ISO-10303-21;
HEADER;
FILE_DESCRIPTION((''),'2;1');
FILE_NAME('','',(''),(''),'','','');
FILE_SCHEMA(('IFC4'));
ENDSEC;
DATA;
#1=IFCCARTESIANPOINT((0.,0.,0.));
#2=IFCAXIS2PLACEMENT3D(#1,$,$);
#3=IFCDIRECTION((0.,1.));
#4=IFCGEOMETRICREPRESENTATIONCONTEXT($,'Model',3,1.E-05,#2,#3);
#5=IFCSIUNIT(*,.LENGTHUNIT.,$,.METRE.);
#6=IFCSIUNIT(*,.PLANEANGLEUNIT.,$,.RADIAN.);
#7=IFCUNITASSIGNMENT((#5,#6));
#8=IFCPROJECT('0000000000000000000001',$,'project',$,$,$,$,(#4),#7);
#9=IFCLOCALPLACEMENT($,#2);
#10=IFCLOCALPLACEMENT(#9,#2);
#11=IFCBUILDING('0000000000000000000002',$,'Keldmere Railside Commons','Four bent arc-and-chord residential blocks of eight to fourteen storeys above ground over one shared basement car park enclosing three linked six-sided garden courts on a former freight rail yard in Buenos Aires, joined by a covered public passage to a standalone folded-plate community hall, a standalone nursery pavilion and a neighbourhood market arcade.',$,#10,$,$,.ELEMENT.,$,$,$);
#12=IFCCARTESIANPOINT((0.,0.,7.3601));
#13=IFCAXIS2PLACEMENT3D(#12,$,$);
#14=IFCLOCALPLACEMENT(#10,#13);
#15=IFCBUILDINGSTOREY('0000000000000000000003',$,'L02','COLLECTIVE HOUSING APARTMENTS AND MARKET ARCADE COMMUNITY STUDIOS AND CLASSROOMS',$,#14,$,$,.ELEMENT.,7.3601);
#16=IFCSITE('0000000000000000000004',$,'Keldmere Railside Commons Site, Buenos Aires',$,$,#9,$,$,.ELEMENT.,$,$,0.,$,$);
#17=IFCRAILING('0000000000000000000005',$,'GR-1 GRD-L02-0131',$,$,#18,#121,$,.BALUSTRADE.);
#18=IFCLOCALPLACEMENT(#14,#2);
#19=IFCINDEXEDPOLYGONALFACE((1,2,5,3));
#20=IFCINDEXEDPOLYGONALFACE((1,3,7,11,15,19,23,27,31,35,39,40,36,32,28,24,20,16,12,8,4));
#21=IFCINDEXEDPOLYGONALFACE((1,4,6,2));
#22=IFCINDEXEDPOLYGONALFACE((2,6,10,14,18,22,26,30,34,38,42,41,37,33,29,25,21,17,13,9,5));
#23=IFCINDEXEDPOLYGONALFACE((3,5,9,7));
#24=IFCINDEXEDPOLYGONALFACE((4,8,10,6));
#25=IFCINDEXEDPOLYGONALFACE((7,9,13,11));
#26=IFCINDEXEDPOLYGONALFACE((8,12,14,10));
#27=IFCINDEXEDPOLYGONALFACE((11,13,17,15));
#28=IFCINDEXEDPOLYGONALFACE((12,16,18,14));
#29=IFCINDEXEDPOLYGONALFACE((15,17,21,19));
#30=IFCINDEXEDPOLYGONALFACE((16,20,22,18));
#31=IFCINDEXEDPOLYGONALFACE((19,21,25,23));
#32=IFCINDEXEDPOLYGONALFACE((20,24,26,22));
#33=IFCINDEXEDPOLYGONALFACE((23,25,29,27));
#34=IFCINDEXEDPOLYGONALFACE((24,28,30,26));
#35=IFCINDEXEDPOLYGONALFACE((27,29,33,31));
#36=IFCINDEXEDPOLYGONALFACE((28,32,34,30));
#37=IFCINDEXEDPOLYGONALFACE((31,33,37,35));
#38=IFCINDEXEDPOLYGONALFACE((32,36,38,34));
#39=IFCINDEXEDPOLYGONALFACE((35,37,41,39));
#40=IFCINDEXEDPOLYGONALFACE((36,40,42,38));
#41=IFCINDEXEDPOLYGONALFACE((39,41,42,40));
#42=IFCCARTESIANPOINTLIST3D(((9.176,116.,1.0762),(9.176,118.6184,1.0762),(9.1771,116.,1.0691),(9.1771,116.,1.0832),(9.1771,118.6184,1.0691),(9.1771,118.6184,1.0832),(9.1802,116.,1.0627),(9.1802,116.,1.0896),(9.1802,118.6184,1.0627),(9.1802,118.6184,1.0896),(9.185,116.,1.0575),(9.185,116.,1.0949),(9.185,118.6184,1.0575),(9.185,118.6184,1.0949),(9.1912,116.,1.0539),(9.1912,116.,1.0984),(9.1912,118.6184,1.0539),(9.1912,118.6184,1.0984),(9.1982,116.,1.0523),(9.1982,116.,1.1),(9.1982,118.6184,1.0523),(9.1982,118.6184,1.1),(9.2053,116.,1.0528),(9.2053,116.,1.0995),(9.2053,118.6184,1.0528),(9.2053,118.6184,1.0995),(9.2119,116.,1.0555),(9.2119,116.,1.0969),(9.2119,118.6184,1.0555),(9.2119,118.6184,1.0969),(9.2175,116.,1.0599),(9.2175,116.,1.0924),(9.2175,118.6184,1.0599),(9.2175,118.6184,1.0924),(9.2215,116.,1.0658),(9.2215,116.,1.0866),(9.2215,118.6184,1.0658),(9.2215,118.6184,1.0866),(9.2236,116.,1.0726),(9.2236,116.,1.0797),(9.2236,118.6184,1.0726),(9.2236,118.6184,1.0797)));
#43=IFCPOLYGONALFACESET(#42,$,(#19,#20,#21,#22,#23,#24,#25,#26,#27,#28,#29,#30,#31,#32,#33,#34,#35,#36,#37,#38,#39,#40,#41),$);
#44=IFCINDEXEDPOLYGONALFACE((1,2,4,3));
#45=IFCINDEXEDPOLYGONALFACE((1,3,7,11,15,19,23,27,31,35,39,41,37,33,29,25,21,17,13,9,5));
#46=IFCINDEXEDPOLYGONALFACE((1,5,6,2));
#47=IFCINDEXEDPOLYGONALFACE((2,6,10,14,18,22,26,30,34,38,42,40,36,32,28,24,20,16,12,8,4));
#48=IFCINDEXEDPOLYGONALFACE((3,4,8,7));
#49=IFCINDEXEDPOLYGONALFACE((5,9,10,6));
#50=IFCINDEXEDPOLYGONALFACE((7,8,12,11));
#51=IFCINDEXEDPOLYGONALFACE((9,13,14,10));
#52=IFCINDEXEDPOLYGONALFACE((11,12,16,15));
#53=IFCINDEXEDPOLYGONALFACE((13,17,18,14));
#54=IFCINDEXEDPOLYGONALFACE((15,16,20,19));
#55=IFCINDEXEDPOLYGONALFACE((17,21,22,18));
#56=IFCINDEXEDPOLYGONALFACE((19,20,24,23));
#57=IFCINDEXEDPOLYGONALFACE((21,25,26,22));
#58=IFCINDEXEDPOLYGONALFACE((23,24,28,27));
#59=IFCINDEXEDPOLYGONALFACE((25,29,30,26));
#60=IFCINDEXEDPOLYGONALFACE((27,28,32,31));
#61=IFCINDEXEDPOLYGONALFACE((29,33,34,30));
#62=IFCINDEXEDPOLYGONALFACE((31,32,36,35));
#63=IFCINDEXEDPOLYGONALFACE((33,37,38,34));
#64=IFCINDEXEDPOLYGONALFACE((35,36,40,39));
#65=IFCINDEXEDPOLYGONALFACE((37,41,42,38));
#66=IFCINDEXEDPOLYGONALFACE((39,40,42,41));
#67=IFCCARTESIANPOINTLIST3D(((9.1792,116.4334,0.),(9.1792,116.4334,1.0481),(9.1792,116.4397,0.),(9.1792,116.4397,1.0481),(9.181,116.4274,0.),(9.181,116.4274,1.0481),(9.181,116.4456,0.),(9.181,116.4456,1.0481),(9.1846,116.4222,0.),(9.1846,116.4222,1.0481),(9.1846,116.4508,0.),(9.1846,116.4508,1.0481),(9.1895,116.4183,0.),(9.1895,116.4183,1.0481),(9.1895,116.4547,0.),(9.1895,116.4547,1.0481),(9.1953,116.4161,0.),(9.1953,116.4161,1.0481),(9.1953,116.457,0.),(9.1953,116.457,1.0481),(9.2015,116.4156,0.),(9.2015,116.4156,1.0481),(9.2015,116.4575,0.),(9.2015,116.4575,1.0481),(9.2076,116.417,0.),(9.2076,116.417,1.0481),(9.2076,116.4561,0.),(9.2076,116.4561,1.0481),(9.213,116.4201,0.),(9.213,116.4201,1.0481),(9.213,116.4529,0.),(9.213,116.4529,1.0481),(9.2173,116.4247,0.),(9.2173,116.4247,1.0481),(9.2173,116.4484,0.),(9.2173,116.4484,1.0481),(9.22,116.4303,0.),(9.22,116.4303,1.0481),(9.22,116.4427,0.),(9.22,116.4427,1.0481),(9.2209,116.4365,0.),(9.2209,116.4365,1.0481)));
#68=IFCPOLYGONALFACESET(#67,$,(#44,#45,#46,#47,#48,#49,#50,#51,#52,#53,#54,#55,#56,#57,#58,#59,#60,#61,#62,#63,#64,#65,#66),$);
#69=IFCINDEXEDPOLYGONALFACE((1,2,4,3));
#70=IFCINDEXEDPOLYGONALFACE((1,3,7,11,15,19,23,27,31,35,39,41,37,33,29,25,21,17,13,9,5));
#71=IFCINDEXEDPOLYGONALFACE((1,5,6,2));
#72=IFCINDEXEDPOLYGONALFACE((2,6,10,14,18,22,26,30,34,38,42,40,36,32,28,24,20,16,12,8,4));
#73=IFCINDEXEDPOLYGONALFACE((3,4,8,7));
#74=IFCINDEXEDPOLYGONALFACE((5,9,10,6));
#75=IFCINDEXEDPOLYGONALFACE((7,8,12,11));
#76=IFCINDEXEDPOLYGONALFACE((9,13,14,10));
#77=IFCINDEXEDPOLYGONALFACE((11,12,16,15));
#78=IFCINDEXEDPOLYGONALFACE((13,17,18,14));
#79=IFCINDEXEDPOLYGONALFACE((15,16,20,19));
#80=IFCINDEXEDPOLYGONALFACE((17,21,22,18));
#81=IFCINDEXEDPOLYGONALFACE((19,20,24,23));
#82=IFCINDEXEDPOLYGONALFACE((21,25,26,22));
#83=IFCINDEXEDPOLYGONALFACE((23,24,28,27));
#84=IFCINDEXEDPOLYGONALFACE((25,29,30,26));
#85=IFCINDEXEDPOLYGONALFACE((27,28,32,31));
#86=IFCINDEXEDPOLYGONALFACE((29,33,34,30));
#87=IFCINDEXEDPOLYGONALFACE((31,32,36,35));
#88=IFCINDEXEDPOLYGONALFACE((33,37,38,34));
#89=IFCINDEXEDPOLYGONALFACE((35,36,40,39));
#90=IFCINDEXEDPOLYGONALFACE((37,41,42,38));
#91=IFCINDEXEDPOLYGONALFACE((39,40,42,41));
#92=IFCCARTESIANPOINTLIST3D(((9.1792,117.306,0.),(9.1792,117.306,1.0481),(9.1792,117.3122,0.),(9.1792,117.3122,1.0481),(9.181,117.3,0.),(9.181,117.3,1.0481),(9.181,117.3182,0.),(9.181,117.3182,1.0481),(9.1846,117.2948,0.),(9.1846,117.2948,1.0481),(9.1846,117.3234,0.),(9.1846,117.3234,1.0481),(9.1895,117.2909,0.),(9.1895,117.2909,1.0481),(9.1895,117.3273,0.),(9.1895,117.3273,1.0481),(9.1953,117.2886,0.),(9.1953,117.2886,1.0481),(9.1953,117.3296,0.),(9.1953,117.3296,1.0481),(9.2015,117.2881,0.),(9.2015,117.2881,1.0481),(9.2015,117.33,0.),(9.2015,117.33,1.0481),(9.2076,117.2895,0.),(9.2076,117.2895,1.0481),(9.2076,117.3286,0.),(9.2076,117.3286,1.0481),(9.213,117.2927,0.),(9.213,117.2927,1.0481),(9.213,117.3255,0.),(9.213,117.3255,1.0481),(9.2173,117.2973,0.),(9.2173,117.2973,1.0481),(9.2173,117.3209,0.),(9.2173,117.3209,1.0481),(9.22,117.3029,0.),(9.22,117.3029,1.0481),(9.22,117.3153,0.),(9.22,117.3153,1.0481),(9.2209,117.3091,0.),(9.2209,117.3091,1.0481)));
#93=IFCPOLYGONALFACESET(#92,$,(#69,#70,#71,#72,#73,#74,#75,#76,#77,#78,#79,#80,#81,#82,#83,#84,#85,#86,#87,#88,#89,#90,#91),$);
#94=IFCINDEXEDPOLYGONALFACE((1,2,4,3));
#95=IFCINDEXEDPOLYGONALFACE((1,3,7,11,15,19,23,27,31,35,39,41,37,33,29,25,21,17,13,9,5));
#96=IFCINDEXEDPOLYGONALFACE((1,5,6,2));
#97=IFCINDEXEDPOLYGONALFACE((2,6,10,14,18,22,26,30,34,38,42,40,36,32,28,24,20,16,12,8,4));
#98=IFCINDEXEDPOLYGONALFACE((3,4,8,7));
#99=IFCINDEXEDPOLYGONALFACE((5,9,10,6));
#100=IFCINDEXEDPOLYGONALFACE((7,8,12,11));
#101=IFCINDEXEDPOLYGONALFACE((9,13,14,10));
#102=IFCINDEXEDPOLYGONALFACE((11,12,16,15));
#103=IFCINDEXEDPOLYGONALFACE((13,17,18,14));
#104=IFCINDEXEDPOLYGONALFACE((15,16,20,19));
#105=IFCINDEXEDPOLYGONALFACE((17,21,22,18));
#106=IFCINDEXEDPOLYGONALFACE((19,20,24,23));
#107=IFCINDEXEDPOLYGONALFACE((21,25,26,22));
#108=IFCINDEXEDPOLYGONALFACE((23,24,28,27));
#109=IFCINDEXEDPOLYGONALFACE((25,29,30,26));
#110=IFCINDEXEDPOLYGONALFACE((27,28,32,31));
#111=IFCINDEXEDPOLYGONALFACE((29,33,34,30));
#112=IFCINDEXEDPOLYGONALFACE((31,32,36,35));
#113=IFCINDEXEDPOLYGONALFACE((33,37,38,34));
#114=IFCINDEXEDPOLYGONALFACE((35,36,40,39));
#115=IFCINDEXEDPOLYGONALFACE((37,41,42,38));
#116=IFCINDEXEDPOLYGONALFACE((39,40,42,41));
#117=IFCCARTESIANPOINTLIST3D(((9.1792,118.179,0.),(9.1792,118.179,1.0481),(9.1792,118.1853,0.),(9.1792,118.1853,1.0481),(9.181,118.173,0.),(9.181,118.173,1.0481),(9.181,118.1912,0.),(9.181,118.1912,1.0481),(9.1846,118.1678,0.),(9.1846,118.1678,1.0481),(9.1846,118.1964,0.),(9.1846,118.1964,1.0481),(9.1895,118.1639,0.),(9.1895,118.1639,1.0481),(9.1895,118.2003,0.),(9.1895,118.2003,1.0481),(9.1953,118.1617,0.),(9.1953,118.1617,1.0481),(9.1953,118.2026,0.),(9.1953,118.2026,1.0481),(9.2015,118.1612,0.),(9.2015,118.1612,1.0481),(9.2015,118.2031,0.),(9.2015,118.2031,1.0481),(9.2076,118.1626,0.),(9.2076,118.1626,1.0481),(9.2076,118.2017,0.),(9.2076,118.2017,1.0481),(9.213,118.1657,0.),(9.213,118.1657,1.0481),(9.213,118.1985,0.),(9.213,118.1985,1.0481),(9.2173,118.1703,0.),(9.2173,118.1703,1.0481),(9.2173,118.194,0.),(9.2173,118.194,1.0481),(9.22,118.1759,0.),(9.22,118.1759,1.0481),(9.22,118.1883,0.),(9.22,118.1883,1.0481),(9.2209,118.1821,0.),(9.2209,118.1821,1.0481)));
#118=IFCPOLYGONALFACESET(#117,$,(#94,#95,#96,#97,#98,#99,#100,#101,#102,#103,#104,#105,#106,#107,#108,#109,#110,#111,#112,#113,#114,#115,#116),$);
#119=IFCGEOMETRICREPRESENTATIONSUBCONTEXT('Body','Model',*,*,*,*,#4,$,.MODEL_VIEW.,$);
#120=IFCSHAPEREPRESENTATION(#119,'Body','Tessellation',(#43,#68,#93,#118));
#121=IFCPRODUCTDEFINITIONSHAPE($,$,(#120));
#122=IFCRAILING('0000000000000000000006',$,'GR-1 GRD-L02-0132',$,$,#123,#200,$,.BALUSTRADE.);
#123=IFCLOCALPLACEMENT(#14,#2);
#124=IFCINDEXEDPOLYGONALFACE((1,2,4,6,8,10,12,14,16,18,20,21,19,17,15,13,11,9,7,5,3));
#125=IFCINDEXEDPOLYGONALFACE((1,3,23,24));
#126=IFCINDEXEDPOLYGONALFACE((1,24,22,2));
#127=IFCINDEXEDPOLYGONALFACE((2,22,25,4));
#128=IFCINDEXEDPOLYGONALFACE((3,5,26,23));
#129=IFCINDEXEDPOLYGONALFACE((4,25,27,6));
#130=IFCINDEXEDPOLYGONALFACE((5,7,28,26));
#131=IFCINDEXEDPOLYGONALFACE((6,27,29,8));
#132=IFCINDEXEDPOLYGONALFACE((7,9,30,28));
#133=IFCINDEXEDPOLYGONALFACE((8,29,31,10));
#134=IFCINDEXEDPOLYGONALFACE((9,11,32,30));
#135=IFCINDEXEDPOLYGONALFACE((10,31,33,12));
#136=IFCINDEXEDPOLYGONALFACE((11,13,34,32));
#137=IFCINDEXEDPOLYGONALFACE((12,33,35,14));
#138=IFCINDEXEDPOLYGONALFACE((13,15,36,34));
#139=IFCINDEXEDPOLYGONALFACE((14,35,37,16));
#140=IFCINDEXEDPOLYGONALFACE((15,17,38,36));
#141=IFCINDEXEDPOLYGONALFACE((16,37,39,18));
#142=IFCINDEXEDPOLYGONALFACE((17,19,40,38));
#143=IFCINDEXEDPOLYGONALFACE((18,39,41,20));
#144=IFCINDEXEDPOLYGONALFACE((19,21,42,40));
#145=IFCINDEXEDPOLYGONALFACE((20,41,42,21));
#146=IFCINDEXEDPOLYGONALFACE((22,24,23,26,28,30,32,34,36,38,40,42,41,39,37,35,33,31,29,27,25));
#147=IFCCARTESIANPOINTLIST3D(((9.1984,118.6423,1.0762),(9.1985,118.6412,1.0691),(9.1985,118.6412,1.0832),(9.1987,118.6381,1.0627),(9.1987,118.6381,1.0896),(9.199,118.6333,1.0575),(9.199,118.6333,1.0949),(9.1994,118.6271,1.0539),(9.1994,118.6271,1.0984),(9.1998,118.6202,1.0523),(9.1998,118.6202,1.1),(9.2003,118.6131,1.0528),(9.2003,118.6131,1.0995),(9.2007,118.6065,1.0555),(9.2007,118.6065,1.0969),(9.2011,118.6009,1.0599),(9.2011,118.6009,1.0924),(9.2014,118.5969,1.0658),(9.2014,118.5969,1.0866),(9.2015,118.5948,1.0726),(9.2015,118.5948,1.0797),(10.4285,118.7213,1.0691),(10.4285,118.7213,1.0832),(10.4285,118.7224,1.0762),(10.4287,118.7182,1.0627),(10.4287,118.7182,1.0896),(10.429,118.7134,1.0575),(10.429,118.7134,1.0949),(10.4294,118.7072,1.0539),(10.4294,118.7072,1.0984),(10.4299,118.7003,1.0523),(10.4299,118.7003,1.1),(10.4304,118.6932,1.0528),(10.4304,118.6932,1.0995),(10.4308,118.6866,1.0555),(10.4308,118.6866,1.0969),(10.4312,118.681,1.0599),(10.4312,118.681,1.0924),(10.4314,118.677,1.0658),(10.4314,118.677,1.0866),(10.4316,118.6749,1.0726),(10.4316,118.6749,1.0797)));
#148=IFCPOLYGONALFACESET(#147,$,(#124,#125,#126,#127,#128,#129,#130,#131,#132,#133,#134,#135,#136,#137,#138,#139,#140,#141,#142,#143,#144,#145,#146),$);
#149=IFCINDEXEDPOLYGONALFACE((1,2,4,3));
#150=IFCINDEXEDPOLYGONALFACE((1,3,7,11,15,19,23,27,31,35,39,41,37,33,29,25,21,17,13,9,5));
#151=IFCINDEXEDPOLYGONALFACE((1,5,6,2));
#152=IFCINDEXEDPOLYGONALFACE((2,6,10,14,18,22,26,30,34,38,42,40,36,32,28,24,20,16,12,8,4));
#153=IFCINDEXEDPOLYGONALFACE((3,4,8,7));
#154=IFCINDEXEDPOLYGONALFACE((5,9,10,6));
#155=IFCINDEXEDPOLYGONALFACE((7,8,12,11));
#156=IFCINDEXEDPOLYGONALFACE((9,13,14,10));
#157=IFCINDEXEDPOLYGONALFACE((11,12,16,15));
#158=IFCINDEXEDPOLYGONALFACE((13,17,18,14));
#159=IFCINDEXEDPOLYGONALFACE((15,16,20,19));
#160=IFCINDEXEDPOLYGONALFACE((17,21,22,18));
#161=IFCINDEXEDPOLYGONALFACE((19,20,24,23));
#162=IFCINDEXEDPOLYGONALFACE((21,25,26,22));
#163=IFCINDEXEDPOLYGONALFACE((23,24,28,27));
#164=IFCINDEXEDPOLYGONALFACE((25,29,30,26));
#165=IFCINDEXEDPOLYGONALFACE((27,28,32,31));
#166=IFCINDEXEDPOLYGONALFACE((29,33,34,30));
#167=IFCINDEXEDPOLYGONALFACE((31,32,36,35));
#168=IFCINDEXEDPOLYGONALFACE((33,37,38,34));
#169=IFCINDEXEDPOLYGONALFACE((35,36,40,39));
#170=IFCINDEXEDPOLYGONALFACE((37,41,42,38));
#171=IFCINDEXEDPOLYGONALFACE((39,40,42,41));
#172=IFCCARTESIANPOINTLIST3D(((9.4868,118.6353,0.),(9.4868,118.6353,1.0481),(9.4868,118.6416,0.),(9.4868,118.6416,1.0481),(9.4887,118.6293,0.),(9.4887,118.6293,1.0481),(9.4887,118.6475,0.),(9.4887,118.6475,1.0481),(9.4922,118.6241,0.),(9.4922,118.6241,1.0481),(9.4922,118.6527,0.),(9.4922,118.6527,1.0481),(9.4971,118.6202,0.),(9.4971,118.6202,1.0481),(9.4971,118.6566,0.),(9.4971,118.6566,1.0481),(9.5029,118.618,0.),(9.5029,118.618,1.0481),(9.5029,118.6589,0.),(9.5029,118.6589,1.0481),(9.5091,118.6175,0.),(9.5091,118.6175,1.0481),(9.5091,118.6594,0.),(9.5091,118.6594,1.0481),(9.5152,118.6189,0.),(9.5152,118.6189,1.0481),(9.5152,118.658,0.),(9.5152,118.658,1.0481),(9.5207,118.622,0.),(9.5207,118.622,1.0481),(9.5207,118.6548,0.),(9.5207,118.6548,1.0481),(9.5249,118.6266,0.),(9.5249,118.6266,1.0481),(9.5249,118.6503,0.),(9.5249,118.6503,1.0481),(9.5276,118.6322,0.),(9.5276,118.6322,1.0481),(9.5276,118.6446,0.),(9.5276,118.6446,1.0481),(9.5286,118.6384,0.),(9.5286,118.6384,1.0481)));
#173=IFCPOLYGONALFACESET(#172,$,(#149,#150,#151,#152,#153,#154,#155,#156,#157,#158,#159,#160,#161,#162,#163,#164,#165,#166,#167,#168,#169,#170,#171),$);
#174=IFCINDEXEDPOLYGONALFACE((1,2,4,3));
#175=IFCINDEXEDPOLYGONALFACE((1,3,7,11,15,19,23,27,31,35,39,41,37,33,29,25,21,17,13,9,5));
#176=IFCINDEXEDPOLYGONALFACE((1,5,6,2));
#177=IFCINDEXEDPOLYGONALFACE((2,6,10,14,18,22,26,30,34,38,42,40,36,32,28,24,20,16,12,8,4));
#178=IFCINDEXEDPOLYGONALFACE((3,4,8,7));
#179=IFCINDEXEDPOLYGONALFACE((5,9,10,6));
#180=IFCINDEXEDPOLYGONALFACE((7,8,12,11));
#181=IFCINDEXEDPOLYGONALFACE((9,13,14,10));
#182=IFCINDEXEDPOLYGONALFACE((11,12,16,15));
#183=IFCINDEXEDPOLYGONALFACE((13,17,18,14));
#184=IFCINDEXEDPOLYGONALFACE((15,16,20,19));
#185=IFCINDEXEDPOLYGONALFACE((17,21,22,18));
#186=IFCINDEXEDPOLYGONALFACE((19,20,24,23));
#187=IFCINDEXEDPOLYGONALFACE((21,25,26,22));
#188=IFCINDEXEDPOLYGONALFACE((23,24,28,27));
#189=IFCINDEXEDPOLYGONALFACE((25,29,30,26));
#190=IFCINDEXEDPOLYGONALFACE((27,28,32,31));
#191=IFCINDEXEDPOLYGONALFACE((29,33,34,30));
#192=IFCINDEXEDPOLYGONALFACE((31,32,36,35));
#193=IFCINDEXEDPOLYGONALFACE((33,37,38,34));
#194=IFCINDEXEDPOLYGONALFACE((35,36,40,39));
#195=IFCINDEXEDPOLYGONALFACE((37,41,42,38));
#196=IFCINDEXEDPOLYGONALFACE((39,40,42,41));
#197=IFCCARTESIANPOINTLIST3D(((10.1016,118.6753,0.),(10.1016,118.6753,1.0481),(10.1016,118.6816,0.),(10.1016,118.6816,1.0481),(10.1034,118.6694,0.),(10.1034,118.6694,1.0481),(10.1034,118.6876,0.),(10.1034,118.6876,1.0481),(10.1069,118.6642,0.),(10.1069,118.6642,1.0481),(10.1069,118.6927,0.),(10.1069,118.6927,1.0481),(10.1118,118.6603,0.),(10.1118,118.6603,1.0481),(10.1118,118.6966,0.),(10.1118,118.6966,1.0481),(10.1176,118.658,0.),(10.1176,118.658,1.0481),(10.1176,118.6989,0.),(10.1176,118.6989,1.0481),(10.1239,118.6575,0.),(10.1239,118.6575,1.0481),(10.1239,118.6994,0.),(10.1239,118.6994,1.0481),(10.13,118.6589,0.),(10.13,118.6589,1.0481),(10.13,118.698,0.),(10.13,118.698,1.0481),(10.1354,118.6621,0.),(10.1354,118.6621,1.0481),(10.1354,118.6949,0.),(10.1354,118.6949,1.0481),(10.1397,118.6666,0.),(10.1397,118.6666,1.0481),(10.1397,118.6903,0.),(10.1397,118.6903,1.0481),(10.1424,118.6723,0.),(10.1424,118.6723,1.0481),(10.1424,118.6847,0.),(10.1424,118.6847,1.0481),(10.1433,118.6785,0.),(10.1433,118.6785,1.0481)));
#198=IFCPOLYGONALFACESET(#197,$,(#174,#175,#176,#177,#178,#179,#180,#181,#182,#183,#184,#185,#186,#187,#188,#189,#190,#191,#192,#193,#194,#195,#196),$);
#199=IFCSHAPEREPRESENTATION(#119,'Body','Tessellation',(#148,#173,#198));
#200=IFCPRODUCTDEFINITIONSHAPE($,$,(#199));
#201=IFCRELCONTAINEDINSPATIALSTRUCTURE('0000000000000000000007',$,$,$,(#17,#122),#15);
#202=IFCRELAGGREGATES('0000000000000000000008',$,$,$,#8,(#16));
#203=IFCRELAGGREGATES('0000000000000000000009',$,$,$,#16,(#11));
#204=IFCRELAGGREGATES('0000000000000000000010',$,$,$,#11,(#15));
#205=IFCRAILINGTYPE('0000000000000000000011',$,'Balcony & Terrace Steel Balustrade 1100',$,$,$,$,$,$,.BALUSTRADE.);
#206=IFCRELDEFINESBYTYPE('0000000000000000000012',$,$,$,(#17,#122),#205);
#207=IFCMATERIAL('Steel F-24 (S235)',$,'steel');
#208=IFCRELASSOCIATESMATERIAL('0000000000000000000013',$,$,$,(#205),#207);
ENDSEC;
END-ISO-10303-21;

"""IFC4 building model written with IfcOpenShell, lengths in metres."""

from ifc_helpers import new_model, si_unit, direction, frame, origin, origin_2d, place, context, subcontext, project, spatial, circle, extrude, material, type_object, element, save


model = new_model("IFC4")

# Units and contexts
model_context = context("Model", 3, precision=1e-05, world=origin(), true_north=direction((0.0, 1.0)))
body_context = subcontext(model_context, "Body", "Model", "MODEL_VIEW")
ifc_project = project(units=[si_unit("LENGTHUNIT", "METRE"), si_unit("PLANEANGLEUNIT", "RADIAN")], contexts=[model_context])

# Site, building, storey
site_placement = place(None, origin())
site = spatial("IfcSite", under=ifc_project, at=site_placement, Name="Keldmere Railside Commons Site, Buenos Aires", CompositionType="ELEMENT", RefElevation=0.0)
building_placement = place(site_placement, origin())
building = spatial("IfcBuilding", under=site, at=building_placement, Name="Keldmere Railside Commons", Description="Four bent arc-and-chord residential blocks of eight to fourteen storeys above ground over one shared basement car park enclosing three linked six-sided garden courts on a former freight rail yard in Buenos Aires, joined by a covered public passage to a standalone folded-plate community hall, a standalone nursery pavilion and a neighbourhood market arcade.", CompositionType="ELEMENT")
storey_placement = place(building_placement, frame((0.0, 0.0, 7.3601)))
storey = spatial("IfcBuildingStorey", under=building, at=storey_placement, Name="L02", Description="COLLECTIVE HOUSING APARTMENTS AND MARKET ARCADE COMMUNITY STUDIOS AND CLASSROOMS", CompositionType="ELEMENT", Elevation=7.3601)

# Railings
ifc_material_1 = material(Name="Steel F-24 (S235)", Category="steel")
railing_type = type_object("IfcRailingType", Name="Balcony & Terrace Steel Balustrade 1100", PredefinedType="BALUSTRADE", material=ifc_material_1)
railing_1_placement = place(storey_placement, frame((9.2, 116.0, 0.0)))
element("IfcRailing", 1, at=railing_1_placement, inside=storey, type_object=railing_type, Name="GR-1 GRD-L02-0131", PredefinedType="BALUSTRADE", context=body_context, shape_type="SweptSolid", body=[
    extrude(circle(Radius=0.0239, at=origin_2d()), frame((0.0, 0.0, 1.0762), z_axis=(0.0, 1.0, 0.0), x_axis=(-1.0, 0.0, 0.0)), (0.0, 0.0, 1.0), 2.6184),
    extrude(circle(Radius=0.021, at=origin_2d()), frame((0.0, 0.4365, 0.0)), (0.0, 0.0, 1.0), 1.0481),
    extrude(circle(Radius=0.021, at=origin_2d()), frame((0.0, 1.3091, 0.0)), (0.0, 0.0, 1.0), 1.0481),
    extrude(circle(Radius=0.021, at=origin_2d()), frame((0.0, 2.1821, 0.0)), (0.0, 0.0, 1.0), 1.0481),
])
railing_2_placement = place(storey_placement, frame((9.2, 118.6184, 0.0)))
element("IfcRailing", 2, at=railing_2_placement, inside=storey, type_object=railing_type, Name="GR-1 GRD-L02-0132", PredefinedType="BALUSTRADE", context=body_context, shape_type="SweptSolid", body=[
    extrude(circle(Radius=0.0239, at=origin_2d()), frame((0.0, 0.0, 1.0762), z_axis=(0.997887, 0.064968, 0.0), x_axis=(-0.064968, 0.997887, 0.0)), (0.0, 0.0, 1.0), 1.2327),
    extrude(circle(Radius=0.021, at=origin_2d()), frame((0.3076, 0.02, 0.0)), (0.0, 0.0, 1.0), 1.0481),
    extrude(circle(Radius=0.021, at=origin_2d()), frame((0.9224, 0.0601, 0.0)), (0.0, 0.0, 1.0), 1.0481),
])

save(model, "model.ifc")
